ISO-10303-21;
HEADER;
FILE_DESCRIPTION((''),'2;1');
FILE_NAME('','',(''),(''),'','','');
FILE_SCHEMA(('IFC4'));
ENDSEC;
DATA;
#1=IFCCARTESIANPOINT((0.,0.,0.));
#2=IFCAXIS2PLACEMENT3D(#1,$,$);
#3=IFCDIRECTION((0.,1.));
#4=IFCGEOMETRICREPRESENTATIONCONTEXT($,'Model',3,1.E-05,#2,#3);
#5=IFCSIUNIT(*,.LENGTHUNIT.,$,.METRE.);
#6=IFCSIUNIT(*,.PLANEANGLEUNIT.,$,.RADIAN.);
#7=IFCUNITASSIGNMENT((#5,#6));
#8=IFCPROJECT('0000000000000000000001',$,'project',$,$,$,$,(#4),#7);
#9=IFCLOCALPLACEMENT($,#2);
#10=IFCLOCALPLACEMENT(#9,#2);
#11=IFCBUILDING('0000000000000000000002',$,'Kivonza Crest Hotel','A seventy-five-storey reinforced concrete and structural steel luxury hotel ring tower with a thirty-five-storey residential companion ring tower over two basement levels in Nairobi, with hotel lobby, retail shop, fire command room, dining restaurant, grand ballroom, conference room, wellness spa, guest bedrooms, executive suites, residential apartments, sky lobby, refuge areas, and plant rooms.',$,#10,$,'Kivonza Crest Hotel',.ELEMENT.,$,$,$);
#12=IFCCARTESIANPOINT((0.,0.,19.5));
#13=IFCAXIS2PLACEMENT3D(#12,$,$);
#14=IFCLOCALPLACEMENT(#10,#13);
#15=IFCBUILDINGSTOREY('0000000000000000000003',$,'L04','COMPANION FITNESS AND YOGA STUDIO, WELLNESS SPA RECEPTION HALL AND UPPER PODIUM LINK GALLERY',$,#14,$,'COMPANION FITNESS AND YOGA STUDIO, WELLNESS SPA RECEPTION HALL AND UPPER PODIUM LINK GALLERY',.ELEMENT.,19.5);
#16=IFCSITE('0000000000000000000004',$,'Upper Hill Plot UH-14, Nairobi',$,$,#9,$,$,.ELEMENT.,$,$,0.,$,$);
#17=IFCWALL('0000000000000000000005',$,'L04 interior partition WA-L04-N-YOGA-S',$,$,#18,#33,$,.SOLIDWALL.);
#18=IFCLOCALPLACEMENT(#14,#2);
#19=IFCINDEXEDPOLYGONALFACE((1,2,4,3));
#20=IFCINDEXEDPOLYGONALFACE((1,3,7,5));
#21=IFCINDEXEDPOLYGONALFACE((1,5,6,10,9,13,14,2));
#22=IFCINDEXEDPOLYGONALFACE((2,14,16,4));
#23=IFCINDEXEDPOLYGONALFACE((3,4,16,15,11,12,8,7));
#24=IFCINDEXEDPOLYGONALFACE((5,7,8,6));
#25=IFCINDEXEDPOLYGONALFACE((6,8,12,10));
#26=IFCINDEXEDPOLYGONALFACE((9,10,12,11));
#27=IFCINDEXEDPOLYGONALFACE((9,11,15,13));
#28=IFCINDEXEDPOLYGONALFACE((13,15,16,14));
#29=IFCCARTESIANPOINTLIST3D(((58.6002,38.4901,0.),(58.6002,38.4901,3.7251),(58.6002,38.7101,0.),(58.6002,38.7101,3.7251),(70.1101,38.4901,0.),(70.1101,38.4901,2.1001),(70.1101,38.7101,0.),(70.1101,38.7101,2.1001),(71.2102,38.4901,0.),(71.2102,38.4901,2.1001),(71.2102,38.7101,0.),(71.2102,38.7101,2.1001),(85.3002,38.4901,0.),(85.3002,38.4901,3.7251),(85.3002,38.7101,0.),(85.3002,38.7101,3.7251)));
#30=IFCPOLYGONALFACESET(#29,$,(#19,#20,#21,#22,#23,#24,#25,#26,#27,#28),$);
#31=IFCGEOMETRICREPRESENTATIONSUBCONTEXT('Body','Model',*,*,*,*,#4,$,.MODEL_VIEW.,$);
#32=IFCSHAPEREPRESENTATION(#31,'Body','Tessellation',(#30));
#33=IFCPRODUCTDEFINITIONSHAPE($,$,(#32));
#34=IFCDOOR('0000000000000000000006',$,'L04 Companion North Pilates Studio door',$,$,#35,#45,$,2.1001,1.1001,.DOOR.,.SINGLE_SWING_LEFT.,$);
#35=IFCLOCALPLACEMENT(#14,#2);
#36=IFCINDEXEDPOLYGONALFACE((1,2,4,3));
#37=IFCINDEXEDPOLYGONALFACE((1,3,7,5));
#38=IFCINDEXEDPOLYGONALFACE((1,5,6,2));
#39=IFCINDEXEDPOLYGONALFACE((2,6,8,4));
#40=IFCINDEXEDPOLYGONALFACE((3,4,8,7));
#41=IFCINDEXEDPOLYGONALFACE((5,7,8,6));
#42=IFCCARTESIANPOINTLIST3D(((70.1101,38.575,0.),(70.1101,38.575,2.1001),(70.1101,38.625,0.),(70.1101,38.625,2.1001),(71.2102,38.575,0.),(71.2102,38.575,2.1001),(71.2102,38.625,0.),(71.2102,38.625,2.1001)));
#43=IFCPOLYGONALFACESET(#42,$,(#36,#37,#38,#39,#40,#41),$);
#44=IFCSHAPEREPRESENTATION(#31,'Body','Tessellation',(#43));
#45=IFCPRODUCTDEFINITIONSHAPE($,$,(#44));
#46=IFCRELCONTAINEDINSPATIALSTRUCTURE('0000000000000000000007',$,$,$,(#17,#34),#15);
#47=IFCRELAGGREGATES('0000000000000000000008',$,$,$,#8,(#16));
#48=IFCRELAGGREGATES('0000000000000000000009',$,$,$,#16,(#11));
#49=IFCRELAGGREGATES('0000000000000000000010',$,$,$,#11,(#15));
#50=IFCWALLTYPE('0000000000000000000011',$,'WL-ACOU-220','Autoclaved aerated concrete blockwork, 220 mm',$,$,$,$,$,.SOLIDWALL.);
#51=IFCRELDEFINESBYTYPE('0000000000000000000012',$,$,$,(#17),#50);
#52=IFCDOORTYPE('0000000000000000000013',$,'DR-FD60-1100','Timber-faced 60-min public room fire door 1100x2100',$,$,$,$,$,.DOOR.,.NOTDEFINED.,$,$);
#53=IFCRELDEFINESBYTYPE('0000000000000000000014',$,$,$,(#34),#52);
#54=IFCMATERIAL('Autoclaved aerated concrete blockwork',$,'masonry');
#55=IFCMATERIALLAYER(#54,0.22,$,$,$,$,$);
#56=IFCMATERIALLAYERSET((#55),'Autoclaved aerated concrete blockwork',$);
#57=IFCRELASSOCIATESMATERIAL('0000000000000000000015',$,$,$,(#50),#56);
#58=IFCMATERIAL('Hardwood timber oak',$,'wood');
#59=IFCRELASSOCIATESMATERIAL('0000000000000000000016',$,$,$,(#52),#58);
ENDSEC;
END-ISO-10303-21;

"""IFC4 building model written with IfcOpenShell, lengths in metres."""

from ifc_helpers import new_model, si_unit, direction, frame, frame_2d, origin, place, context, subcontext, project, spatial, rectangle, extrude, material, layer, layer_set, type_object, element, fill, save


model = new_model("IFC4")

# Units and contexts
model_context = context("Model", 3, precision=1e-05, world=origin(), true_north=direction((0.0, 1.0)))
body_context = subcontext(model_context, "Body", "Model", "MODEL_VIEW")
ifc_project = project(units=[si_unit("LENGTHUNIT", "METRE"), si_unit("PLANEANGLEUNIT", "RADIAN")], contexts=[model_context])

# Site, building, storey
site_placement = place(None, origin())
site = spatial("IfcSite", under=ifc_project, at=site_placement, Name="Upper Hill Plot UH-14, Nairobi", CompositionType="ELEMENT", RefElevation=0.0)
building_placement = place(site_placement, origin())
building = spatial("IfcBuilding", under=site, at=building_placement, Name="Kivonza Crest Hotel", Description="A seventy-five-storey reinforced concrete and structural steel luxury hotel ring tower with a thirty-five-storey residential companion ring tower over two basement levels in Nairobi, with hotel lobby, retail shop, fire command room, dining restaurant, grand ballroom, conference room, wellness spa, guest bedrooms, executive suites, residential apartments, sky lobby, refuge areas, and plant rooms.", LongName="Kivonza Crest Hotel", CompositionType="ELEMENT")
storey_placement = place(building_placement, frame((0.0, 0.0, 19.5)))
storey = spatial("IfcBuildingStorey", under=building, at=storey_placement, Name="L04", Description="COMPANION FITNESS AND YOGA STUDIO, WELLNESS SPA RECEPTION HALL AND UPPER PODIUM LINK GALLERY", LongName="COMPANION FITNESS AND YOGA STUDIO, WELLNESS SPA RECEPTION HALL AND UPPER PODIUM LINK GALLERY", CompositionType="ELEMENT", Elevation=19.5)

# Wall, opening, door
ifc_material_1 = material(Name="Autoclaved aerated concrete blockwork", Category="masonry")
ifc_layer_1 = layer(ifc_material_1, 0.22)
ifc_layer_set_1 = layer_set([ifc_layer_1], Name="Autoclaved aerated concrete blockwork")
wall_type = type_object("IfcWallType", Name="WL-ACOU-220", Description="Autoclaved aerated concrete blockwork, 220 mm", PredefinedType="SOLIDWALL", material=ifc_layer_set_1)
wall_placement = place(storey_placement, frame((58.6001, 38.6001, 0.0), z_axis=(0.0, 0.0, 1.0), x_axis=(1.0, 0.0, 0.0)))
wall = element("IfcWall", 1, at=wall_placement, inside=storey, type_object=wall_type, Name="L04 interior partition WA-L04-N-YOGA-S", PredefinedType="SOLIDWALL", context=body_context, shape_type="SweptSolid", body=[
    extrude(rectangle(XDim=26.7, YDim=0.22, at=frame_2d((13.3501, 0.0))), origin(), (0.0, 0.0, 1.0), 3.7251),
])
opening_placement = place(wall_placement, frame((11.51, 0.0, 0.0)))
opening = element("IfcOpeningElement", 2, at=opening_placement, cuts=wall, PredefinedType="OPENING", context=body_context, shape_type="SweptSolid", body=[
    extrude(rectangle(XDim=1.1001, YDim=2.1001, at=frame_2d((0.55, 1.05))), frame((0.0, 0.1201, 0.0), z_axis=(0.0, -1.0, 0.0), x_axis=(1.0, 0.0, 0.0)), (0.0, 0.0, 1.0), 0.24),
])
ifc_material_2 = material(Name="Hardwood timber oak", Category="wood")
door_type = type_object("IfcDoorType", Name="DR-FD60-1100", Description="Timber-faced 60-min public room fire door 1100x2100", OperationType="NOTDEFINED", PredefinedType="DOOR", material=ifc_material_2)
door_placement = place(opening_placement, origin())
door = element("IfcDoor", 3, at=door_placement, inside=storey, type_object=door_type, Name="L04 Companion North Pilates Studio door", OperationType="SINGLE_SWING_LEFT", OverallHeight=2.1001, OverallWidth=1.1001, PredefinedType="DOOR", context=body_context, shape_type="SweptSolid", body=[
    extrude(rectangle(XDim=1.1001, YDim=2.1001, at=frame_2d((0.55, 1.05))), frame((0.0, 0.0249, 0.0), z_axis=(0.0, -1.0, 0.0), x_axis=(1.0, 0.0, 0.0)), (0.0, 0.0, 1.0), 0.05),
])
fill(opening, door)

save(model, "model.ifc")
